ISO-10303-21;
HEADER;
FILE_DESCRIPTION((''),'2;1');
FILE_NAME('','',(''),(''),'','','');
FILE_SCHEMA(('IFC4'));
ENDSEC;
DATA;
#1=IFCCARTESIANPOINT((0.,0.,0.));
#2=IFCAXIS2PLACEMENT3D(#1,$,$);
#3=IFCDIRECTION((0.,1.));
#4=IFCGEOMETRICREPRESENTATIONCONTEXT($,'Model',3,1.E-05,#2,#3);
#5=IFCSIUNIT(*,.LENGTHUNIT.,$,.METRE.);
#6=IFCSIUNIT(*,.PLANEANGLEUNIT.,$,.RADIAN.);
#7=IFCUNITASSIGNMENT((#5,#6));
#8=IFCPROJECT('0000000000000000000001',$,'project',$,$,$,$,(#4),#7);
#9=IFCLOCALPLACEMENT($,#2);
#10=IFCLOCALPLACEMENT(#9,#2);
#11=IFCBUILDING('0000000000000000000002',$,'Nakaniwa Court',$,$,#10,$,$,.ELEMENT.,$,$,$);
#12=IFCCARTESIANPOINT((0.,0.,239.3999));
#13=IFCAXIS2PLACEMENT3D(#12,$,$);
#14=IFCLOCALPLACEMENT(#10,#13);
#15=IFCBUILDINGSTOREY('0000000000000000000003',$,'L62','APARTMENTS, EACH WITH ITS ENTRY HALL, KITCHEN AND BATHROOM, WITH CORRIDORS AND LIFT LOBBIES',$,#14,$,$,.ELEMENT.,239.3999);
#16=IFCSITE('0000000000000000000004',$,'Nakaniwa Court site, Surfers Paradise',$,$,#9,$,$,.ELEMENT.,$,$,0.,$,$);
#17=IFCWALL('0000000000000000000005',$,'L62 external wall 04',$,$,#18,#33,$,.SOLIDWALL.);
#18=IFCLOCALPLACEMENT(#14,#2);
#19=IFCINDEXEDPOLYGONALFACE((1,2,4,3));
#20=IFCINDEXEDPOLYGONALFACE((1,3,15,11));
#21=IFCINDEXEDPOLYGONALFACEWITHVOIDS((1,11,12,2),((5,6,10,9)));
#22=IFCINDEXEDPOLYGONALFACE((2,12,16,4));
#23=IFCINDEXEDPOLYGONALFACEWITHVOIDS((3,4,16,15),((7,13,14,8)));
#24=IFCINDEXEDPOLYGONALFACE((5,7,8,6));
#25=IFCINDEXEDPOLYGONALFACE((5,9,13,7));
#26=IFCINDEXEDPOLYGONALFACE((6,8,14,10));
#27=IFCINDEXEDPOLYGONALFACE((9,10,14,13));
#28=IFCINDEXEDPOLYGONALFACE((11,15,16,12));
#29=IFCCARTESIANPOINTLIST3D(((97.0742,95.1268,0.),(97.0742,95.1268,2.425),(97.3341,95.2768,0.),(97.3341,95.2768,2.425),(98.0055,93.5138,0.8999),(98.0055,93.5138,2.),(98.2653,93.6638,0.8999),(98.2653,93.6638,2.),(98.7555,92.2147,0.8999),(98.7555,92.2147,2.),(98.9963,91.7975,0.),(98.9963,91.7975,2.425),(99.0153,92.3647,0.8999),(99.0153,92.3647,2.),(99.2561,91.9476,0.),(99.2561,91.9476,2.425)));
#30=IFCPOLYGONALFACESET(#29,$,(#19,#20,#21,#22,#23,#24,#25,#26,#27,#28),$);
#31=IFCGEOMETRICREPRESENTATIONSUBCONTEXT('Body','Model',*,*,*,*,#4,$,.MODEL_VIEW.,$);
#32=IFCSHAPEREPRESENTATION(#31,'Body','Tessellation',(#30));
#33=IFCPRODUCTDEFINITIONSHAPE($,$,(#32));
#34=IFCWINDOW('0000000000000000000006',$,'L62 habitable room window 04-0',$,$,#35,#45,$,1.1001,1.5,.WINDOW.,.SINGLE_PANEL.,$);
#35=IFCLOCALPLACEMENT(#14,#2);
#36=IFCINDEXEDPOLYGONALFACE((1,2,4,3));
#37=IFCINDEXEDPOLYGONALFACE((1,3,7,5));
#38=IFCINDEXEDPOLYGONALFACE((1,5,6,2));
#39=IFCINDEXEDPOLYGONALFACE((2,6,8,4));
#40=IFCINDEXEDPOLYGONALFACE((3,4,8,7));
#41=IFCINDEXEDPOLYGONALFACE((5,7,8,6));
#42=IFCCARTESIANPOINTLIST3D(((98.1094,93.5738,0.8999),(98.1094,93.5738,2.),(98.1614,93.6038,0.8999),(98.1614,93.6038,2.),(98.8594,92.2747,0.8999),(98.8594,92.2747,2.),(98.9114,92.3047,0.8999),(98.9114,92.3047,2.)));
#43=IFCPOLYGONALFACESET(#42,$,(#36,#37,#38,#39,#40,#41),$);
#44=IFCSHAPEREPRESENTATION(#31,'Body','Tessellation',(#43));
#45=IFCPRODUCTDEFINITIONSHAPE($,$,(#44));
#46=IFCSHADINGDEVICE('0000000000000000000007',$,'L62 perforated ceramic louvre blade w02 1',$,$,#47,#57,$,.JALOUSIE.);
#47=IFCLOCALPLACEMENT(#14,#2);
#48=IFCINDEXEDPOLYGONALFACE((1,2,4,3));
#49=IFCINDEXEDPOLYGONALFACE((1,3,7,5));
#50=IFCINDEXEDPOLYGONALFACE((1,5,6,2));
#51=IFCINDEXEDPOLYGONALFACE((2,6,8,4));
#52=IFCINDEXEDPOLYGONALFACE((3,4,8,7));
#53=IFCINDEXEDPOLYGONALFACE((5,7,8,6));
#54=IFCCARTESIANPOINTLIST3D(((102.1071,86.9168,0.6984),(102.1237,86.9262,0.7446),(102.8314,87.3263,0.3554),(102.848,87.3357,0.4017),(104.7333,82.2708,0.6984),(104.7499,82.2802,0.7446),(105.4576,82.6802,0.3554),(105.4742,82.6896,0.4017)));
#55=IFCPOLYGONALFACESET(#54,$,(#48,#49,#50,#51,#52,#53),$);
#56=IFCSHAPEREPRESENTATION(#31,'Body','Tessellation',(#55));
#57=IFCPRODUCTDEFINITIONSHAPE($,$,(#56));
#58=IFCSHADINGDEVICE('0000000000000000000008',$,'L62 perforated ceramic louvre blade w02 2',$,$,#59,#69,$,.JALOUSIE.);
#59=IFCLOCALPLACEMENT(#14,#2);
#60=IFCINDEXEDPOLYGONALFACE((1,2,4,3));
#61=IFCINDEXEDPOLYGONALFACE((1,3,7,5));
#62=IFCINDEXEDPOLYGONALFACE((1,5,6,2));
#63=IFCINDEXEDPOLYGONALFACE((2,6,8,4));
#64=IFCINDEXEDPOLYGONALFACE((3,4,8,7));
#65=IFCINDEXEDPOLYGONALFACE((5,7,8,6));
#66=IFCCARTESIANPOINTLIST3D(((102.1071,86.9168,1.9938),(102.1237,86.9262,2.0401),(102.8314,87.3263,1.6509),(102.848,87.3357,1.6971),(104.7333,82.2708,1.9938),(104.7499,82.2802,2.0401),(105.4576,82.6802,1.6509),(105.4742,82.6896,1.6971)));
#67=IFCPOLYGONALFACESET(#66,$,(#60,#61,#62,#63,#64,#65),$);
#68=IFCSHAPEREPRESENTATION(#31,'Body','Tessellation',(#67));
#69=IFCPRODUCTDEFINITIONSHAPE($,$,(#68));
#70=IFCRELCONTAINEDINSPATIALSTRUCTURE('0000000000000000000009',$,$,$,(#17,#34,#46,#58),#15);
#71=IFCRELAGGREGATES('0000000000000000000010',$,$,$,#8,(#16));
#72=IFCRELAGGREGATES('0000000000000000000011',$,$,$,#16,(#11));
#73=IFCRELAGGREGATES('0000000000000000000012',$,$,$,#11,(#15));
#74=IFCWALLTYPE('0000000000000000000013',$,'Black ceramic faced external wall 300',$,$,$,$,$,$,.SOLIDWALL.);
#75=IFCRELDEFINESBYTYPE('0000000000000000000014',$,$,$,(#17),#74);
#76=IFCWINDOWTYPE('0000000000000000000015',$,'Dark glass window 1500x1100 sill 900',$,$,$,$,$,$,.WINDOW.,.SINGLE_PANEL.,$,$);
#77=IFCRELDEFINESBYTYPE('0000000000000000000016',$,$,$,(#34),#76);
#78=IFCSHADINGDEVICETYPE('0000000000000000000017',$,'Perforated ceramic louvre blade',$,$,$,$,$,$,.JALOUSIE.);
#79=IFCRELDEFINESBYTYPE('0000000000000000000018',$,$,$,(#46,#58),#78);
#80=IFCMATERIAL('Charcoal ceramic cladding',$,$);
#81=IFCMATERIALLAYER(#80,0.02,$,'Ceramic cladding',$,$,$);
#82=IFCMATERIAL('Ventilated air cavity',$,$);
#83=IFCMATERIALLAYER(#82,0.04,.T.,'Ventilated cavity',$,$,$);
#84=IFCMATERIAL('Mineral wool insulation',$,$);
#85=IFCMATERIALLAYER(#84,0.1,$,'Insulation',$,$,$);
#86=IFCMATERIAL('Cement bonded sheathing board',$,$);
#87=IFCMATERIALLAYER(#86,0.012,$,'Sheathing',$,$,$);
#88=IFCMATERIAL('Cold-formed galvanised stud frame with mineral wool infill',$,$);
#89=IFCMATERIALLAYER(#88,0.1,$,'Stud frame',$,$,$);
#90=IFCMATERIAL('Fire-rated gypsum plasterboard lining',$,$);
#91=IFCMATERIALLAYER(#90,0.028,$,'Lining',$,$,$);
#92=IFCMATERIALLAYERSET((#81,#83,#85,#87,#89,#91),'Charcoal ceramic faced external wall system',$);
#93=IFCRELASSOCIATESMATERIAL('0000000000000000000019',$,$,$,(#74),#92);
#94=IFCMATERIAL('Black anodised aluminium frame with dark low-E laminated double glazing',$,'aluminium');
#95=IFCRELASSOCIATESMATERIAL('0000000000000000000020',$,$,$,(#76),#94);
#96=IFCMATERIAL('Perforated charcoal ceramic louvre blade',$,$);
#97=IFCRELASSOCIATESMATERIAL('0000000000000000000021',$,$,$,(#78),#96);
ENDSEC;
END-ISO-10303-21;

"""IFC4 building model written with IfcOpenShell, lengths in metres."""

from ifc_helpers import new_model, si_unit, direction, frame, frame_2d, origin, origin_2d, place, context, subcontext, project, spatial, rectangle, extrude, material, layer, layer_set, material_profile, profile_set, type_object, element, fill, save


model = new_model("IFC4")

# Units and contexts
model_context = context("Model", 3, precision=1e-05, world=origin(), true_north=direction((0.0, 1.0)))
body_context = subcontext(model_context, "Body", "Model", "MODEL_VIEW")
ifc_project = project(units=[si_unit("LENGTHUNIT", "METRE"), si_unit("PLANEANGLEUNIT", "RADIAN")], contexts=[model_context])

# Site, building, storey
site_placement = place(None, origin())
site = spatial("IfcSite", under=ifc_project, at=site_placement, Name="Nakaniwa Court site, Surfers Paradise", CompositionType="ELEMENT", RefElevation=0.0)
building_placement = place(site_placement, origin())
building = spatial("IfcBuilding", under=site, at=building_placement, Name="Nakaniwa Court", CompositionType="ELEMENT")
storey_placement = place(building_placement, frame((0.0, 0.0, 239.3999)))
storey = spatial("IfcBuildingStorey", under=building, at=storey_placement, Name="L62", Description="APARTMENTS, EACH WITH ITS ENTRY HALL, KITCHEN AND BATHROOM, WITH CORRIDORS AND LIFT LOBBIES", CompositionType="ELEMENT", Elevation=239.3999)

# Wall, opening, window
ifc_material_1 = material(Name="Charcoal ceramic cladding")
ifc_layer_1 = layer(ifc_material_1, 0.02, Name="Ceramic cladding")
ifc_material_2 = material(Name="Ventilated air cavity")
ifc_layer_2 = layer(ifc_material_2, 0.04, ventilated=True, Name="Ventilated cavity")
ifc_material_3 = material(Name="Mineral wool insulation")
ifc_layer_3 = layer(ifc_material_3, 0.1, Name="Insulation")
ifc_material_4 = material(Name="Cement bonded sheathing board")
ifc_layer_4 = layer(ifc_material_4, 0.012, Name="Sheathing")
ifc_material_5 = material(Name="Cold-formed galvanised stud frame with mineral wool infill")
ifc_layer_5 = layer(ifc_material_5, 0.1, Name="Stud frame")
ifc_material_6 = material(Name="Fire-rated gypsum plasterboard lining")
ifc_layer_6 = layer(ifc_material_6, 0.028, Name="Lining")
ifc_layer_set = layer_set([ifc_layer_1, ifc_layer_2, ifc_layer_3, ifc_layer_4, ifc_layer_5, ifc_layer_6], Name="Charcoal ceramic faced external wall system")
wall_type = type_object("IfcWallType", Name="Black ceramic faced external wall 300", PredefinedType="SOLIDWALL", material=ifc_layer_set)
ifc_material_7 = material(Name="Black anodised aluminium frame with dark low-E laminated double glazing", Category="aluminium")
window_type_1 = type_object("IfcWindowType", Name="Dark glass window 1500x1100 sill 900", PartitioningType="SINGLE_PANEL", PredefinedType="WINDOW", material=ifc_material_7)
wall_1_placement = place(storey_placement, frame((99.1262, 91.8726, 0.0), z_axis=(0.0, 0.0, 1.0), x_axis=(-0.499984, 0.866034, 0.0)))
wall_1 = element("IfcWall", 1, at=wall_1_placement, inside=storey, type_object=wall_type, Name="L62 external wall 04", PredefinedType="SOLIDWALL", context=body_context, shape_type="SweptSolid", body=[
    extrude(rectangle(XDim=3.8442, YDim=0.3, at=frame_2d((1.9221, 0.0))), origin(), (0.0, 0.0, 1.0), 2.425),
])
opening_1_placement = place(wall_1_placement, frame((0.4817, 0.0, 0.8999)))
opening_1 = element("IfcOpeningElement", 2, at=opening_1_placement, cuts=wall_1, PredefinedType="OPENING", context=body_context, shape_type="SweptSolid", body=[
    extrude(rectangle(XDim=1.5, YDim=1.1001, at=frame_2d((0.75, 0.55))), frame((0.0, 0.1599, 0.0), z_axis=(0.0, -1.0, 0.0), x_axis=(1.0, 0.0, 0.0)), (0.0, 0.0, 1.0), 0.3201),
])
window_1_placement = place(opening_1_placement, origin())
window_1 = element("IfcWindow", 3, at=window_1_placement, inside=storey, type_object=window_type_1, Name="L62 habitable room window 04-0", OverallHeight=1.1001, OverallWidth=1.5, PartitioningType="SINGLE_PANEL", PredefinedType="WINDOW", context=body_context, shape_type="SweptSolid", body=[
    extrude(rectangle(XDim=1.5, YDim=1.1001, at=frame_2d((0.75, 0.55))), frame((0.0, 0.03, 0.0), z_axis=(0.0, -1.0, 0.0), x_axis=(1.0, 0.0, 0.0)), (0.0, 0.0, 1.0), 0.0601),
])
fill(opening_1, window_1)

# Shading devices
ifc_material_8 = material(Name="Perforated charcoal ceramic louvre blade")
ifc_material_profile_1 = material_profile(ifc_material_8, rectangle(XDim=0.8999, YDim=0.05, at=origin_2d()), Name="Perforated ceramic louvre blade")
ifc_profile_set_1 = profile_set([ifc_material_profile_1], Name="Perforated charcoal ceramic louvre blade")
shading_device_type = type_object("IfcShadingDeviceType", Name="Perforated ceramic louvre blade", PredefinedType="JALOUSIE", material=ifc_profile_set_1)
for number, where, z_axis, x_axis, name in (
    (4, (105.1038, 82.4802, 0.55), (-0.492089, 0.870545, 0.0), (-0.804859, -0.454959, 0.38107), "L62 perforated ceramic louvre blade w02 1"),
    (5, (105.1038, 82.4802, 1.8455), (-0.492089, 0.870545, 0.0), (-0.804859, -0.454959, 0.38107), "L62 perforated ceramic louvre blade w02 2"),
):
    element("IfcShadingDevice", number, at=place(storey_placement, frame(where, z_axis=z_axis, x_axis=x_axis)), inside=storey, type_object=shading_device_type, Name=name, PredefinedType="JALOUSIE", context=body_context, shape_type="SweptSolid", body=[
        extrude(rectangle(XDim=0.8999, YDim=0.05, at=origin_2d()), origin(), (0.0, 0.0, 1.0), 5.3369),
    ])

save(model, "model.ifc")
